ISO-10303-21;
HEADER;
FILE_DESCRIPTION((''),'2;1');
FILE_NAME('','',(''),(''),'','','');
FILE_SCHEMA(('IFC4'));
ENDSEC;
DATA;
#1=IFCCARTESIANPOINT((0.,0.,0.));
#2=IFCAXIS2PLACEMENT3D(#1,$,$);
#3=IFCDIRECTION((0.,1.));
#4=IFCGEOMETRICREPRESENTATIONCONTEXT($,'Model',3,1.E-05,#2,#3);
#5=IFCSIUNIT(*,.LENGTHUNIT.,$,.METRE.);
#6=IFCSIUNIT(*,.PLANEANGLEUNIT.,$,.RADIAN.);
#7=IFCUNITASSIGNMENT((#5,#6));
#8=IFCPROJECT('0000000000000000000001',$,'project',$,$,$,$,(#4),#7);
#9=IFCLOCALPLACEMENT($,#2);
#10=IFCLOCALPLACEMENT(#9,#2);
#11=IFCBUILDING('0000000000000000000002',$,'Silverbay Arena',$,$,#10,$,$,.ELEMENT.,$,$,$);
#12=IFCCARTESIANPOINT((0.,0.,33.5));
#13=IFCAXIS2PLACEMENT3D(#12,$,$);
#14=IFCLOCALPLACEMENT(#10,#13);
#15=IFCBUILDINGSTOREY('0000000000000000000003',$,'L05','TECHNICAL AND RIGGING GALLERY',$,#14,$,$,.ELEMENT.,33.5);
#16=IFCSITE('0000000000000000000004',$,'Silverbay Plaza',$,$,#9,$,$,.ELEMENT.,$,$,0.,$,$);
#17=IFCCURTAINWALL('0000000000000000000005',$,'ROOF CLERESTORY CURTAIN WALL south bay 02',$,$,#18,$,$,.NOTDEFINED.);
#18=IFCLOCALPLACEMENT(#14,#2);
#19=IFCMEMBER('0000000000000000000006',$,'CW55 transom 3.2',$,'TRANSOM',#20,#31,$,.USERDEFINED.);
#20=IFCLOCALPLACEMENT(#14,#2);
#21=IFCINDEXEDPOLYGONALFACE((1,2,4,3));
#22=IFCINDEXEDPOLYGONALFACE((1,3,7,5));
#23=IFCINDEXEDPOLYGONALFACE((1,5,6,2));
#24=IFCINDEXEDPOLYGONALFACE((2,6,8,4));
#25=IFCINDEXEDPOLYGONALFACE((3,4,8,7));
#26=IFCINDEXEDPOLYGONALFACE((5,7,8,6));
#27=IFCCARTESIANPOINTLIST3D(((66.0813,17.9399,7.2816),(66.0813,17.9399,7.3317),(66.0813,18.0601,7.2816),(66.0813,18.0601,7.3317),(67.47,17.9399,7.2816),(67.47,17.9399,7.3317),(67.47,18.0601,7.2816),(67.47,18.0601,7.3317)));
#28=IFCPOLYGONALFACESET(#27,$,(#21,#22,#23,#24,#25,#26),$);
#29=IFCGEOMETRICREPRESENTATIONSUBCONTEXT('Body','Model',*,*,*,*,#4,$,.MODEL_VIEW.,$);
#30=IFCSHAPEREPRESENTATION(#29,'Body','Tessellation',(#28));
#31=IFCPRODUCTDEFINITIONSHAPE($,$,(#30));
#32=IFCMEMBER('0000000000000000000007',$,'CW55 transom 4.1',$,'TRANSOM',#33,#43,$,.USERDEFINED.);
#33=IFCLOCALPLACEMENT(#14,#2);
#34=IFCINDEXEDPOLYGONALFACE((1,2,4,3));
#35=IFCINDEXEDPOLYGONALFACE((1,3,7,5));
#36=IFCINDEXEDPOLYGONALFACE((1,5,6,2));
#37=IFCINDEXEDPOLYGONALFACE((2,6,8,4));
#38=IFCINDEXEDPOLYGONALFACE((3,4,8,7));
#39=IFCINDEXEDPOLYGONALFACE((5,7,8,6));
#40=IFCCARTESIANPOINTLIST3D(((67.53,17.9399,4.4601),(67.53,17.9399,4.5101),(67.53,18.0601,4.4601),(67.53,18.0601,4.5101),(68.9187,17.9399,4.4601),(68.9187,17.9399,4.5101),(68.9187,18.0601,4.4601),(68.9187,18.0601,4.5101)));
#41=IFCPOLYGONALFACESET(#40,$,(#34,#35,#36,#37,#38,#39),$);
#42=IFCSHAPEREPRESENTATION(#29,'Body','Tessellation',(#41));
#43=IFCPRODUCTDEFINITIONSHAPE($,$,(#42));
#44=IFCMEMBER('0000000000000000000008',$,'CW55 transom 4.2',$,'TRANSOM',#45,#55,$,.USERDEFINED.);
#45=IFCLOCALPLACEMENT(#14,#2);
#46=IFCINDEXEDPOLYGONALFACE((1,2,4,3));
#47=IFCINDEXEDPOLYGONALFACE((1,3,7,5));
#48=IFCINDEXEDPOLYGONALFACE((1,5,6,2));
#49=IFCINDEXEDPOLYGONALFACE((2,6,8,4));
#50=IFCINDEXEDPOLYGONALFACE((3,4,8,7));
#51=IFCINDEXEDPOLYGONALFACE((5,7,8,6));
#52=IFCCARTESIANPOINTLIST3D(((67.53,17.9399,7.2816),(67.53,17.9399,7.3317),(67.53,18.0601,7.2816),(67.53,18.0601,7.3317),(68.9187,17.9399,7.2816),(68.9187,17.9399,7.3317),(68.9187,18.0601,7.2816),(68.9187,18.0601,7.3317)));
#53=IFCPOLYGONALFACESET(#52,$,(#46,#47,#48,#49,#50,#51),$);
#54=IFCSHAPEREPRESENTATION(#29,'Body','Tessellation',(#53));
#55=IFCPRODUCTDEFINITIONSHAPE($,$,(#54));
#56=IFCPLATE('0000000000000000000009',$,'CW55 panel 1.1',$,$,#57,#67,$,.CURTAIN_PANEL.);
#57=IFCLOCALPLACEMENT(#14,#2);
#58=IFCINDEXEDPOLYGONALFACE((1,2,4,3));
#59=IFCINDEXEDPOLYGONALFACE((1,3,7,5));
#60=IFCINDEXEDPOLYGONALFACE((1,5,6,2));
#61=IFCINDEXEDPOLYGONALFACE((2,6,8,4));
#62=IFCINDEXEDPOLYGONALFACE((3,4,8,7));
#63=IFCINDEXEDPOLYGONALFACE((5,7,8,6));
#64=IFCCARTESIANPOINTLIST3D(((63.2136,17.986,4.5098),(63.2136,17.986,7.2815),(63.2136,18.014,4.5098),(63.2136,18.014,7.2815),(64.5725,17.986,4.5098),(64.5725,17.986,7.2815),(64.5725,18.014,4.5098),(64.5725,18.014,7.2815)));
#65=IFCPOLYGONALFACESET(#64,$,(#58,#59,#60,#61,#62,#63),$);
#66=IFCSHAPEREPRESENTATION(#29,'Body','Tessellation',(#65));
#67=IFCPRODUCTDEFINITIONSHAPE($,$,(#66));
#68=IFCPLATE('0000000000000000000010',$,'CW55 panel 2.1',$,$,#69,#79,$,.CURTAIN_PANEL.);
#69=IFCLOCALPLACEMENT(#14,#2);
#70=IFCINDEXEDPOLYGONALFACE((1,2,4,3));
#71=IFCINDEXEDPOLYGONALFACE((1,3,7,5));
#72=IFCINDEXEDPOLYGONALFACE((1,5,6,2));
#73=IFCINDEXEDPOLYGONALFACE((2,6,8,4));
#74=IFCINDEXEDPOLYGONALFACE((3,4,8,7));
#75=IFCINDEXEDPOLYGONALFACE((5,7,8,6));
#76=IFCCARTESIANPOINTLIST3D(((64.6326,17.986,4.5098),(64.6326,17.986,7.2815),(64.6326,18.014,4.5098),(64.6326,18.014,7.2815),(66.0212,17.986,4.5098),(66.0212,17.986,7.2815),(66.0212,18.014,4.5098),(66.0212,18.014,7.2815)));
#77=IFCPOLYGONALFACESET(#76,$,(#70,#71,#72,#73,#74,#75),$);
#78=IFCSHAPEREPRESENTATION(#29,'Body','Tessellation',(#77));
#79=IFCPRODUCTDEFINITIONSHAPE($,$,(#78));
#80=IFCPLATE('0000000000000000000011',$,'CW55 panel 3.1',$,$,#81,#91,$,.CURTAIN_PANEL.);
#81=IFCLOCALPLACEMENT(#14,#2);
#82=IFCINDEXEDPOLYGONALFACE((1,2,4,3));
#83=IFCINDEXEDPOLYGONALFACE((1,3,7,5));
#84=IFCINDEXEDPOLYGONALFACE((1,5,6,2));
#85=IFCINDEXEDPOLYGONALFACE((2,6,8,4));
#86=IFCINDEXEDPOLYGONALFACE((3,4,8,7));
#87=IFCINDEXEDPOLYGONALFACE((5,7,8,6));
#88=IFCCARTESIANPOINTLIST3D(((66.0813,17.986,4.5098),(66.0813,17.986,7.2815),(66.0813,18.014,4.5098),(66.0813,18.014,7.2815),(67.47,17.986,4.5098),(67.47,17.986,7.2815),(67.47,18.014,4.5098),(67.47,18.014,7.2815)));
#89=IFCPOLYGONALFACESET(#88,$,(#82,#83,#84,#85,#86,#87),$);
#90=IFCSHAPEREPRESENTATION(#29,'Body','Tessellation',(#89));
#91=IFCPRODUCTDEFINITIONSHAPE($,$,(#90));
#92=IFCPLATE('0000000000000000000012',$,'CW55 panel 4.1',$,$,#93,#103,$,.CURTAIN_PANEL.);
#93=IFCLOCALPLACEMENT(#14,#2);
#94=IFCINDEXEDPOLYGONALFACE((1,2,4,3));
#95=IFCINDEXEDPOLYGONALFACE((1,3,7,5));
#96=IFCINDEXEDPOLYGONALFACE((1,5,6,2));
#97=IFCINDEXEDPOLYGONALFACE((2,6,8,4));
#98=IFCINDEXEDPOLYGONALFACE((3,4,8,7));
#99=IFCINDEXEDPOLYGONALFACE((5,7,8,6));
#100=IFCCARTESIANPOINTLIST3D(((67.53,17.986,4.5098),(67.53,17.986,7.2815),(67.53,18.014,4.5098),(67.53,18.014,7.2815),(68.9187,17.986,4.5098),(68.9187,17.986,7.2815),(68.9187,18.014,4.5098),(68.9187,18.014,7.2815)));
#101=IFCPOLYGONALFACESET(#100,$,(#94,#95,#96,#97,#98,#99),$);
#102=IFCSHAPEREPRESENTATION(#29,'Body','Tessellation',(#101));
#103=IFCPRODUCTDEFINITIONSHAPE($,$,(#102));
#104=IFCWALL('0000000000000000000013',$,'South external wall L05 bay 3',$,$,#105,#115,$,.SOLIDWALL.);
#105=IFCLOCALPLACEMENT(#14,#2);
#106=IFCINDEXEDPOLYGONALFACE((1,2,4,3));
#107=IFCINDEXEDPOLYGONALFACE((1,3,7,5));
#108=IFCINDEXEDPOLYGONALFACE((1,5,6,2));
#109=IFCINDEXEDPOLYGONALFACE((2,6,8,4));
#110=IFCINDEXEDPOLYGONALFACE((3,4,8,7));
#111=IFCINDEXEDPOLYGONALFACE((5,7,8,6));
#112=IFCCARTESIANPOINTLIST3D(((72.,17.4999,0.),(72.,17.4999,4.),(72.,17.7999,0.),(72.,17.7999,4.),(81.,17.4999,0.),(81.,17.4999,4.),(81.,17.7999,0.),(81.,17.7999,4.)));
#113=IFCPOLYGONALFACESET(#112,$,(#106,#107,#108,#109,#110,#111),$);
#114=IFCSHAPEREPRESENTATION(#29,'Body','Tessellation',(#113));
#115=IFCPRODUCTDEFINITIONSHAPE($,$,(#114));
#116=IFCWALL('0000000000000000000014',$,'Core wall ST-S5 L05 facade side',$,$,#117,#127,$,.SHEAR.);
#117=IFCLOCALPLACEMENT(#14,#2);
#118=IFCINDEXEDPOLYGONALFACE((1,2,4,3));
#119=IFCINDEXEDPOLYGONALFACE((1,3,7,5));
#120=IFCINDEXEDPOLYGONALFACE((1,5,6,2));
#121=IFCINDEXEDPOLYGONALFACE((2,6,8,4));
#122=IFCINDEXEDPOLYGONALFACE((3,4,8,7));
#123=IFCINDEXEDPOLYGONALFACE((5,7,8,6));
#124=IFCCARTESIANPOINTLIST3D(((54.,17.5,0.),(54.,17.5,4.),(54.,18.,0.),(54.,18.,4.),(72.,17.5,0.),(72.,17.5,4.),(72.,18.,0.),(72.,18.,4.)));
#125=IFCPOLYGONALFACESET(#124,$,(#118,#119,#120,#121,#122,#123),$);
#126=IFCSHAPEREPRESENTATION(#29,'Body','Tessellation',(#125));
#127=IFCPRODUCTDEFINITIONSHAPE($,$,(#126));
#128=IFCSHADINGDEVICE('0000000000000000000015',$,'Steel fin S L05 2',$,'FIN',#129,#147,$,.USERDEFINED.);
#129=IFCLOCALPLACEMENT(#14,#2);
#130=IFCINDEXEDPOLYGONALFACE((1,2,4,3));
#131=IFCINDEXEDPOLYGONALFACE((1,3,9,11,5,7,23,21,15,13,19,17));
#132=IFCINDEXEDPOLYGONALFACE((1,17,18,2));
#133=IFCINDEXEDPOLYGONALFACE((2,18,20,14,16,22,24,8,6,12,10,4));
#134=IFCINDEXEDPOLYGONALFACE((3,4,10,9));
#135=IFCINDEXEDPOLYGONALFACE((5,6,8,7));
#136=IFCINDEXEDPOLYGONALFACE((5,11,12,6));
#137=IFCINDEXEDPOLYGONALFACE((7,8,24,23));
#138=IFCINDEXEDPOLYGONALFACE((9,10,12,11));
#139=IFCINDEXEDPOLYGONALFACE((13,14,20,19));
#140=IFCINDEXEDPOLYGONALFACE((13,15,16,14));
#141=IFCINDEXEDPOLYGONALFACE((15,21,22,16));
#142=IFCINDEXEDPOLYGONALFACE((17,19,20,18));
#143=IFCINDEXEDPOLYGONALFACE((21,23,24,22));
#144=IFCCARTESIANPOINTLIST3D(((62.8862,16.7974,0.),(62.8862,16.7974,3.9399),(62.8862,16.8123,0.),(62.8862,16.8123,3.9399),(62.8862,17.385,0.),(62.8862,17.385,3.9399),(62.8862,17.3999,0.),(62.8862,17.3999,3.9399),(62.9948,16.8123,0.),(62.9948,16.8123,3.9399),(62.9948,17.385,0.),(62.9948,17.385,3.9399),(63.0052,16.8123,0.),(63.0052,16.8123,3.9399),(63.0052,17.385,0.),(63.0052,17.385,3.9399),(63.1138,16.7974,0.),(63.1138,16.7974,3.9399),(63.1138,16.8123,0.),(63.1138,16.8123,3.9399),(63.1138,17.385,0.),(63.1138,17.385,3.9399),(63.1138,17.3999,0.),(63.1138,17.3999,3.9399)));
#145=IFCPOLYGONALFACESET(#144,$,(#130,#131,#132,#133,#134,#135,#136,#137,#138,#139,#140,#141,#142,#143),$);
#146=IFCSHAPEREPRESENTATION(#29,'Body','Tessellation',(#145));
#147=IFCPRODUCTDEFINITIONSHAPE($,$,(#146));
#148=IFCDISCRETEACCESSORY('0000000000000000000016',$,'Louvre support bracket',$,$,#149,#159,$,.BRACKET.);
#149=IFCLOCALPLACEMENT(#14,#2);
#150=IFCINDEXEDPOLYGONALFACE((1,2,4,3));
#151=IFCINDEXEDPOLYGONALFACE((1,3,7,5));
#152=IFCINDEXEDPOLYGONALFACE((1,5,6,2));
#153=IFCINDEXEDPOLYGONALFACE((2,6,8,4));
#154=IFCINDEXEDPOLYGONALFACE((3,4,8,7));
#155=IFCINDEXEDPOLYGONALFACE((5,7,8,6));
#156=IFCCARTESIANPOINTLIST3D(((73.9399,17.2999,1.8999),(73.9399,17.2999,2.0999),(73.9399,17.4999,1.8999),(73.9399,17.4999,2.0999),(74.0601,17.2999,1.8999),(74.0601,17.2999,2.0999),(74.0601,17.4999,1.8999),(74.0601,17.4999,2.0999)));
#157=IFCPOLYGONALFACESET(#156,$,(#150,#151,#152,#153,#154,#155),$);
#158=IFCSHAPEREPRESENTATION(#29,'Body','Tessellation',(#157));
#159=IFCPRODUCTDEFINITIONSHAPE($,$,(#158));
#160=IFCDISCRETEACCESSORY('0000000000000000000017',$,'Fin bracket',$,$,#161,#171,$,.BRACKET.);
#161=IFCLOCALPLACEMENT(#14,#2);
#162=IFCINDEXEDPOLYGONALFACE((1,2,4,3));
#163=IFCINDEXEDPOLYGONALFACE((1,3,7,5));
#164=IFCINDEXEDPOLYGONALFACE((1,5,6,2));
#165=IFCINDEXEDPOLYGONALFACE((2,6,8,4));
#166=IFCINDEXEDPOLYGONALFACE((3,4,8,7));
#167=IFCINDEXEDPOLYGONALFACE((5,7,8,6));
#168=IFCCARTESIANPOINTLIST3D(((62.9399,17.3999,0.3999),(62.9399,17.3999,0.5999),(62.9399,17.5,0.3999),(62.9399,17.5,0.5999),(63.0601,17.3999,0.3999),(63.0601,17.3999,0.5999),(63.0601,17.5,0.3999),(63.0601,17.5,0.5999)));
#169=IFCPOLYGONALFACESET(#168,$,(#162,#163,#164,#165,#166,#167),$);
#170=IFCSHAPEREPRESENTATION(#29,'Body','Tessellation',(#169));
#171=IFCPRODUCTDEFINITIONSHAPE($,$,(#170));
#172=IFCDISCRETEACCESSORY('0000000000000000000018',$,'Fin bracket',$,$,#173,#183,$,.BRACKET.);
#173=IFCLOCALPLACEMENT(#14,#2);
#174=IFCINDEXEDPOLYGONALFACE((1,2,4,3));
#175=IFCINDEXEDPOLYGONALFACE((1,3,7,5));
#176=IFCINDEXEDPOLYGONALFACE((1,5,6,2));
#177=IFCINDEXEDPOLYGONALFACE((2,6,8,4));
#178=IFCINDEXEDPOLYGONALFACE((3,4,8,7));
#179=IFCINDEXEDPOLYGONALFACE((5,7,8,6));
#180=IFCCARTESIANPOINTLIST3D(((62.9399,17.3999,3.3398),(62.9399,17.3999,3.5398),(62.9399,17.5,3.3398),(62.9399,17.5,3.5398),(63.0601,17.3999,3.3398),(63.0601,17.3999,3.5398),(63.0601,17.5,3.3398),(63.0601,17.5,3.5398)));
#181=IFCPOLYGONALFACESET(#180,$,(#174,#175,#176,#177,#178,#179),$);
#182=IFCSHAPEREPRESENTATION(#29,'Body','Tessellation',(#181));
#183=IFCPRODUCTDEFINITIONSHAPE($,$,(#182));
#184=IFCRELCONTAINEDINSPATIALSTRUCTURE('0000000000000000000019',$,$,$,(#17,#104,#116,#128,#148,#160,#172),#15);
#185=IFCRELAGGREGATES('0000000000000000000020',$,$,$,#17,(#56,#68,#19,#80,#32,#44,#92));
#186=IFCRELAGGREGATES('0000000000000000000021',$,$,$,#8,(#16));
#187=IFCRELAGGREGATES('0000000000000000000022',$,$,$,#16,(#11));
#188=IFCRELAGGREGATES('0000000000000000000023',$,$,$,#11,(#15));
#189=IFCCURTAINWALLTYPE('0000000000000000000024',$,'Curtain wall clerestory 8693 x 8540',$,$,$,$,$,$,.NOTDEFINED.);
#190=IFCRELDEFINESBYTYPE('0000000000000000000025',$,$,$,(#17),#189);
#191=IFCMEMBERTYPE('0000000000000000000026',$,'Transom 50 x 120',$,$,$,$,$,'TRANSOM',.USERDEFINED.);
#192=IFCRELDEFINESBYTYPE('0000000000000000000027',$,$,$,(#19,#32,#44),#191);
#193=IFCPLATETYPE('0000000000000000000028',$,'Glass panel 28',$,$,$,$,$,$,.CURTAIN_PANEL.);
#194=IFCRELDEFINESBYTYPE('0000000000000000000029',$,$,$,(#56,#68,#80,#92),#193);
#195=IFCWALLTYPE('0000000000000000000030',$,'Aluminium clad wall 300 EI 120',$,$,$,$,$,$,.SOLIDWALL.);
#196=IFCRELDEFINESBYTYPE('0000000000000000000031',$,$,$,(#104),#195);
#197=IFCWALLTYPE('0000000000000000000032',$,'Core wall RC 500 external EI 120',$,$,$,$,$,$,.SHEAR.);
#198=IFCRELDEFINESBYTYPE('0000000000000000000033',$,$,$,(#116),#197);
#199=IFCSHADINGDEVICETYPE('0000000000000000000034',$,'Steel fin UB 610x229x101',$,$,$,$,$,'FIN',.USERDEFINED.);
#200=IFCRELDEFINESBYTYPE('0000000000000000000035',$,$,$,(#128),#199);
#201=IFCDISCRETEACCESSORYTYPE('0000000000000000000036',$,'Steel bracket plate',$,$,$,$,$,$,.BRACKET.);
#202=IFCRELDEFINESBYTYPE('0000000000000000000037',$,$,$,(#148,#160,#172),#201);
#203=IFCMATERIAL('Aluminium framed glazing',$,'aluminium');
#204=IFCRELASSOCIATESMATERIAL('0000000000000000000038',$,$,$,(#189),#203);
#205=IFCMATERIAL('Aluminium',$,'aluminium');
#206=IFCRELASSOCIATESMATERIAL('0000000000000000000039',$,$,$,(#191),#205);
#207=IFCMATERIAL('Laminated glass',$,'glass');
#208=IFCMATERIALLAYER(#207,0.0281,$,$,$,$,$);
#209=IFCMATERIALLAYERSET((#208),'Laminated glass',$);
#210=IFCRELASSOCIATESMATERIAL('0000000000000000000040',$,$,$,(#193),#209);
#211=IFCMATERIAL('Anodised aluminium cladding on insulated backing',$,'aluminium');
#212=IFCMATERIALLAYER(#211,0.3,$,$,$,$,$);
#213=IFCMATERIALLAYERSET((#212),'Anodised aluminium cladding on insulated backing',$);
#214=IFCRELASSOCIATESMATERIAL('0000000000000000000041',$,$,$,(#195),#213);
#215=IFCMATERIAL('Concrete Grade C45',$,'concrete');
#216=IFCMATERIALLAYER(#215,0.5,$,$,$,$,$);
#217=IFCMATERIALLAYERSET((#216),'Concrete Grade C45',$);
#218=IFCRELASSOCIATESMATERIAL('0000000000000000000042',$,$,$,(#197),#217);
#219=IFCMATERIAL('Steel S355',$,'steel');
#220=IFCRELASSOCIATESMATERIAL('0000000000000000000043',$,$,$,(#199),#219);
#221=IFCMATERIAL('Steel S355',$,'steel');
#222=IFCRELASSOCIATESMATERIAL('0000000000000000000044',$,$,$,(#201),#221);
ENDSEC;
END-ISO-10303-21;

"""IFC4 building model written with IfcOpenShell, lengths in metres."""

from ifc_helpers import new_model, si_unit, direction, frame, frame_2d, origin, origin_2d, place, context, subcontext, project, spatial, rectangle, i_section, extrude, material, layer, layer_set, material_profile, profile_set, type_object, element, aggregate, save


model = new_model("IFC4")

# Units and contexts
model_context = context("Model", 3, precision=1e-05, world=origin(), true_north=direction((0.0, 1.0)))
body_context = subcontext(model_context, "Body", "Model", "MODEL_VIEW")
ifc_project = project(units=[si_unit("LENGTHUNIT", "METRE"), si_unit("PLANEANGLEUNIT", "RADIAN")], contexts=[model_context])

# Site, building, storey
site_placement = place(None, origin())
site = spatial("IfcSite", under=ifc_project, at=site_placement, Name="Silverbay Plaza", CompositionType="ELEMENT", RefElevation=0.0)
building_placement = place(site_placement, origin())
building = spatial("IfcBuilding", under=site, at=building_placement, Name="Silverbay Arena", CompositionType="ELEMENT")
storey_placement = place(building_placement, frame((0.0, 0.0, 33.5)))
storey = spatial("IfcBuildingStorey", under=building, at=storey_placement, Name="L05", Description="TECHNICAL AND RIGGING GALLERY", CompositionType="ELEMENT", Elevation=33.5)

# Curtain wall
ifc_material_1 = material(Name="Aluminium framed glazing", Category="aluminium")
curtain_wall_type_1 = type_object("IfcCurtainWallType", Name="Curtain wall clerestory 8693 x 8540", PredefinedType="NOTDEFINED", material=ifc_material_1)
curtain_wall_1_placement = place(storey_placement, origin())
curtain_wall_1 = element("IfcCurtainWall", 1, at=curtain_wall_1_placement, inside=storey, type_object=curtain_wall_type_1, Name="ROOF CLERESTORY CURTAIN WALL south bay 02", PredefinedType="NOTDEFINED")

# Members
ifc_material_2 = material(Name="Aluminium", Category="aluminium")
ifc_material_profile_1 = material_profile(ifc_material_2, rectangle(XDim=0.1201, YDim=0.05, at=origin_2d()), Name="Transom 50 x 120")
ifc_profile_set_1 = profile_set([ifc_material_profile_1], Name="Aluminium")
member_type_1 = type_object("IfcMemberType", Name="Transom 50 x 120", ElementType="TRANSOM", PredefinedType="USERDEFINED", material=ifc_profile_set_1)
member_1_placement = place(storey_placement, frame((66.0813, 18.0, 7.3066), z_axis=(1.0, 0.0, 0.0), x_axis=(0.0, 1.0, 0.0)))
member_1 = element("IfcMember", 2, at=member_1_placement, type_object=member_type_1, Name="CW55 transom 3.2", ObjectType="TRANSOM", PredefinedType="USERDEFINED", context=body_context, shape_type="SweptSolid", body=[
    extrude(rectangle(XDim=0.1201, YDim=0.05, at=origin_2d()), origin(), (0.0, 0.0, 1.0), 1.3887),
])
member_2_placement = place(storey_placement, frame((67.53, 18.0, 4.4851), z_axis=(1.0, 0.0, 0.0), x_axis=(0.0, 1.0, 0.0)))
member_2 = element("IfcMember", 3, at=member_2_placement, type_object=member_type_1, Name="CW55 transom 4.1", ObjectType="TRANSOM", PredefinedType="USERDEFINED", context=body_context, shape_type="SweptSolid", body=[
    extrude(rectangle(XDim=0.1201, YDim=0.05, at=origin_2d()), origin(), (0.0, 0.0, 1.0), 1.3887),
])
member_3_placement = place(storey_placement, frame((67.53, 18.0, 7.3066), z_axis=(1.0, 0.0, 0.0), x_axis=(0.0, 1.0, 0.0)))
member_3 = element("IfcMember", 4, at=member_3_placement, type_object=member_type_1, Name="CW55 transom 4.2", ObjectType="TRANSOM", PredefinedType="USERDEFINED", context=body_context, shape_type="SweptSolid", body=[
    extrude(rectangle(XDim=0.1201, YDim=0.05, at=origin_2d()), origin(), (0.0, 0.0, 1.0), 1.3887),
])

# Plates
ifc_material_3 = material(Name="Laminated glass", Category="glass")
ifc_layer_1 = layer(ifc_material_3, 0.0281)
ifc_layer_set_1 = layer_set([ifc_layer_1], Name="Laminated glass")
plate_type = type_object("IfcPlateType", Name="Glass panel 28", PredefinedType="CURTAIN_PANEL", material=ifc_layer_set_1)
plate_1_placement = place(storey_placement, frame((63.8931, 18.0, 4.5098), z_axis=(0.0, 0.0, 1.0), x_axis=(1.0, 0.0, 0.0)))
plate_1 = element("IfcPlate", 5, at=plate_1_placement, type_object=plate_type, Name="CW55 panel 1.1", PredefinedType="CURTAIN_PANEL", context=body_context, shape_type="SweptSolid", body=[
    extrude(rectangle(XDim=1.3589, YDim=0.0281, at=origin_2d()), origin(), (0.0, 0.0, 1.0), 2.7717),
])
plate_2_placement = place(storey_placement, frame((65.3269, 18.0, 4.5098), z_axis=(0.0, 0.0, 1.0), x_axis=(1.0, 0.0, 0.0)))
plate_2 = element("IfcPlate", 6, at=plate_2_placement, type_object=plate_type, Name="CW55 panel 2.1", PredefinedType="CURTAIN_PANEL", context=body_context, shape_type="SweptSolid", body=[
    extrude(rectangle(XDim=1.3887, YDim=0.0281, at=origin_2d()), origin(), (0.0, 0.0, 1.0), 2.7717),
])
plate_3_placement = place(storey_placement, frame((66.7756, 18.0, 4.5098), z_axis=(0.0, 0.0, 1.0), x_axis=(1.0, 0.0, 0.0)))
plate_3 = element("IfcPlate", 7, at=plate_3_placement, type_object=plate_type, Name="CW55 panel 3.1", PredefinedType="CURTAIN_PANEL", context=body_context, shape_type="SweptSolid", body=[
    extrude(rectangle(XDim=1.3887, YDim=0.0281, at=origin_2d()), origin(), (0.0, 0.0, 1.0), 2.7717),
])
plate_4_placement = place(storey_placement, frame((68.2244, 18.0, 4.5098), z_axis=(0.0, 0.0, 1.0), x_axis=(1.0, 0.0, 0.0)))
plate_4 = element("IfcPlate", 8, at=plate_4_placement, type_object=plate_type, Name="CW55 panel 4.1", PredefinedType="CURTAIN_PANEL", context=body_context, shape_type="SweptSolid", body=[
    extrude(rectangle(XDim=1.3887, YDim=0.0281, at=origin_2d()), origin(), (0.0, 0.0, 1.0), 2.7717),
])
aggregate(curtain_wall_1, [plate_1, plate_2, member_1, plate_3, member_2, member_3, plate_4])

# Walls
ifc_material_4 = material(Name="Anodised aluminium cladding on insulated backing", Category="aluminium")
ifc_layer_2 = layer(ifc_material_4, 0.3)
ifc_layer_set_2 = layer_set([ifc_layer_2], Name="Anodised aluminium cladding on insulated backing")
wall_type_1 = type_object("IfcWallType", Name="Aluminium clad wall 300 EI 120", PredefinedType="SOLIDWALL", material=ifc_layer_set_2)
wall_1_placement = place(storey_placement, frame((72.0, 17.6499, 0.0), z_axis=(0.0, 0.0, 1.0), x_axis=(1.0, 0.0, 0.0)))
element("IfcWall", 9, at=wall_1_placement, inside=storey, type_object=wall_type_1, Name="South external wall L05 bay 3", PredefinedType="SOLIDWALL", context=body_context, shape_type="SweptSolid", body=[
    extrude(rectangle(XDim=9.0, YDim=0.3, at=frame_2d((4.5, 0.0))), origin(), (0.0, 0.0, 1.0), 4.0),
])
ifc_material_5 = material(Name="Concrete Grade C45", Category="concrete")
ifc_layer_3 = layer(ifc_material_5, 0.5)
ifc_layer_set_3 = layer_set([ifc_layer_3], Name="Concrete Grade C45")
wall_type_2 = type_object("IfcWallType", Name="Core wall RC 500 external EI 120", PredefinedType="SHEAR", material=ifc_layer_set_3)
wall_2_placement = place(storey_placement, frame((72.0, 17.75, 0.0), z_axis=(0.0, 0.0, 1.0), x_axis=(-1.0, 0.0, 0.0)))
element("IfcWall", 10, at=wall_2_placement, inside=storey, type_object=wall_type_2, Name="Core wall ST-S5 L05 facade side", PredefinedType="SHEAR", context=body_context, shape_type="SweptSolid", body=[
    extrude(rectangle(XDim=18.0, YDim=0.5, at=frame_2d((9.0, 0.0))), origin(), (0.0, 0.0, 1.0), 4.0),
])

# Shading device
ifc_material_6 = material(Name="Steel S355", Category="steel")
ifc_material_profile_2 = material_profile(ifc_material_6, i_section(OverallWidth=0.2275, OverallDepth=0.6025, WebThickness=0.0105, FlangeThickness=0.0149, at=origin_2d()), Name="UB 610x229x101")
ifc_profile_set_2 = profile_set([ifc_material_profile_2], Name="Steel S355")
shading_device_type = type_object("IfcShadingDeviceType", Name="Steel fin UB 610x229x101", ElementType="FIN", PredefinedType="USERDEFINED", material=ifc_profile_set_2)
shading_device_placement = place(storey_placement, frame((63.0, 17.0986, 0.0), z_axis=(0.0, 0.0, 1.0), x_axis=(1.0, 0.0, 0.0)))
element("IfcShadingDevice", 11, at=shading_device_placement, inside=storey, type_object=shading_device_type, Name="Steel fin S L05 2", ObjectType="FIN", PredefinedType="USERDEFINED", context=body_context, shape_type="SweptSolid", body=[
    extrude(i_section(OverallWidth=0.2275, OverallDepth=0.6025, WebThickness=0.0105, FlangeThickness=0.0149, at=origin_2d()), origin(), (0.0, 0.0, 1.0), 3.9399),
])

# Discrete accessories
ifc_material_7 = material(Name="Steel S355", Category="steel")
discrete_accessory_type = type_object("IfcDiscreteAccessoryType", Name="Steel bracket plate", PredefinedType="BRACKET", material=ifc_material_7)
discrete_accessory_placement = place(storey_placement, frame((74.0, 17.3999, 1.8999), z_axis=(0.0, 0.0, 1.0), x_axis=(1.0, 0.0, 0.0)))
element("IfcDiscreteAccessory", 12, at=discrete_accessory_placement, inside=storey, type_object=discrete_accessory_type, Name="Louvre support bracket", PredefinedType="BRACKET", context=body_context, shape_type="SweptSolid", body=[
    extrude(rectangle(XDim=0.1201, YDim=0.2, at=origin_2d()), origin(), (0.0, 0.0, 1.0), 0.2),
])
for number, where, z_axis, x_axis, name in (
    (13, (63.0, 17.45, 0.3999), (0.0, 0.0, 1.0), (1.0, 0.0, 0.0), "Fin bracket"),
    (14, (63.0, 17.45, 3.3398), (0.0, 0.0, 1.0), (1.0, 0.0, 0.0), "Fin bracket"),
):
    element("IfcDiscreteAccessory", number, at=place(storey_placement, frame(where, z_axis=z_axis, x_axis=x_axis)), inside=storey, type_object=discrete_accessory_type, Name=name, PredefinedType="BRACKET", context=body_context, shape_type="SweptSolid", body=[
        extrude(rectangle(XDim=0.1201, YDim=0.1001, at=origin_2d()), origin(), (0.0, 0.0, 1.0), 0.2),
    ])

save(model, "model.ifc")
